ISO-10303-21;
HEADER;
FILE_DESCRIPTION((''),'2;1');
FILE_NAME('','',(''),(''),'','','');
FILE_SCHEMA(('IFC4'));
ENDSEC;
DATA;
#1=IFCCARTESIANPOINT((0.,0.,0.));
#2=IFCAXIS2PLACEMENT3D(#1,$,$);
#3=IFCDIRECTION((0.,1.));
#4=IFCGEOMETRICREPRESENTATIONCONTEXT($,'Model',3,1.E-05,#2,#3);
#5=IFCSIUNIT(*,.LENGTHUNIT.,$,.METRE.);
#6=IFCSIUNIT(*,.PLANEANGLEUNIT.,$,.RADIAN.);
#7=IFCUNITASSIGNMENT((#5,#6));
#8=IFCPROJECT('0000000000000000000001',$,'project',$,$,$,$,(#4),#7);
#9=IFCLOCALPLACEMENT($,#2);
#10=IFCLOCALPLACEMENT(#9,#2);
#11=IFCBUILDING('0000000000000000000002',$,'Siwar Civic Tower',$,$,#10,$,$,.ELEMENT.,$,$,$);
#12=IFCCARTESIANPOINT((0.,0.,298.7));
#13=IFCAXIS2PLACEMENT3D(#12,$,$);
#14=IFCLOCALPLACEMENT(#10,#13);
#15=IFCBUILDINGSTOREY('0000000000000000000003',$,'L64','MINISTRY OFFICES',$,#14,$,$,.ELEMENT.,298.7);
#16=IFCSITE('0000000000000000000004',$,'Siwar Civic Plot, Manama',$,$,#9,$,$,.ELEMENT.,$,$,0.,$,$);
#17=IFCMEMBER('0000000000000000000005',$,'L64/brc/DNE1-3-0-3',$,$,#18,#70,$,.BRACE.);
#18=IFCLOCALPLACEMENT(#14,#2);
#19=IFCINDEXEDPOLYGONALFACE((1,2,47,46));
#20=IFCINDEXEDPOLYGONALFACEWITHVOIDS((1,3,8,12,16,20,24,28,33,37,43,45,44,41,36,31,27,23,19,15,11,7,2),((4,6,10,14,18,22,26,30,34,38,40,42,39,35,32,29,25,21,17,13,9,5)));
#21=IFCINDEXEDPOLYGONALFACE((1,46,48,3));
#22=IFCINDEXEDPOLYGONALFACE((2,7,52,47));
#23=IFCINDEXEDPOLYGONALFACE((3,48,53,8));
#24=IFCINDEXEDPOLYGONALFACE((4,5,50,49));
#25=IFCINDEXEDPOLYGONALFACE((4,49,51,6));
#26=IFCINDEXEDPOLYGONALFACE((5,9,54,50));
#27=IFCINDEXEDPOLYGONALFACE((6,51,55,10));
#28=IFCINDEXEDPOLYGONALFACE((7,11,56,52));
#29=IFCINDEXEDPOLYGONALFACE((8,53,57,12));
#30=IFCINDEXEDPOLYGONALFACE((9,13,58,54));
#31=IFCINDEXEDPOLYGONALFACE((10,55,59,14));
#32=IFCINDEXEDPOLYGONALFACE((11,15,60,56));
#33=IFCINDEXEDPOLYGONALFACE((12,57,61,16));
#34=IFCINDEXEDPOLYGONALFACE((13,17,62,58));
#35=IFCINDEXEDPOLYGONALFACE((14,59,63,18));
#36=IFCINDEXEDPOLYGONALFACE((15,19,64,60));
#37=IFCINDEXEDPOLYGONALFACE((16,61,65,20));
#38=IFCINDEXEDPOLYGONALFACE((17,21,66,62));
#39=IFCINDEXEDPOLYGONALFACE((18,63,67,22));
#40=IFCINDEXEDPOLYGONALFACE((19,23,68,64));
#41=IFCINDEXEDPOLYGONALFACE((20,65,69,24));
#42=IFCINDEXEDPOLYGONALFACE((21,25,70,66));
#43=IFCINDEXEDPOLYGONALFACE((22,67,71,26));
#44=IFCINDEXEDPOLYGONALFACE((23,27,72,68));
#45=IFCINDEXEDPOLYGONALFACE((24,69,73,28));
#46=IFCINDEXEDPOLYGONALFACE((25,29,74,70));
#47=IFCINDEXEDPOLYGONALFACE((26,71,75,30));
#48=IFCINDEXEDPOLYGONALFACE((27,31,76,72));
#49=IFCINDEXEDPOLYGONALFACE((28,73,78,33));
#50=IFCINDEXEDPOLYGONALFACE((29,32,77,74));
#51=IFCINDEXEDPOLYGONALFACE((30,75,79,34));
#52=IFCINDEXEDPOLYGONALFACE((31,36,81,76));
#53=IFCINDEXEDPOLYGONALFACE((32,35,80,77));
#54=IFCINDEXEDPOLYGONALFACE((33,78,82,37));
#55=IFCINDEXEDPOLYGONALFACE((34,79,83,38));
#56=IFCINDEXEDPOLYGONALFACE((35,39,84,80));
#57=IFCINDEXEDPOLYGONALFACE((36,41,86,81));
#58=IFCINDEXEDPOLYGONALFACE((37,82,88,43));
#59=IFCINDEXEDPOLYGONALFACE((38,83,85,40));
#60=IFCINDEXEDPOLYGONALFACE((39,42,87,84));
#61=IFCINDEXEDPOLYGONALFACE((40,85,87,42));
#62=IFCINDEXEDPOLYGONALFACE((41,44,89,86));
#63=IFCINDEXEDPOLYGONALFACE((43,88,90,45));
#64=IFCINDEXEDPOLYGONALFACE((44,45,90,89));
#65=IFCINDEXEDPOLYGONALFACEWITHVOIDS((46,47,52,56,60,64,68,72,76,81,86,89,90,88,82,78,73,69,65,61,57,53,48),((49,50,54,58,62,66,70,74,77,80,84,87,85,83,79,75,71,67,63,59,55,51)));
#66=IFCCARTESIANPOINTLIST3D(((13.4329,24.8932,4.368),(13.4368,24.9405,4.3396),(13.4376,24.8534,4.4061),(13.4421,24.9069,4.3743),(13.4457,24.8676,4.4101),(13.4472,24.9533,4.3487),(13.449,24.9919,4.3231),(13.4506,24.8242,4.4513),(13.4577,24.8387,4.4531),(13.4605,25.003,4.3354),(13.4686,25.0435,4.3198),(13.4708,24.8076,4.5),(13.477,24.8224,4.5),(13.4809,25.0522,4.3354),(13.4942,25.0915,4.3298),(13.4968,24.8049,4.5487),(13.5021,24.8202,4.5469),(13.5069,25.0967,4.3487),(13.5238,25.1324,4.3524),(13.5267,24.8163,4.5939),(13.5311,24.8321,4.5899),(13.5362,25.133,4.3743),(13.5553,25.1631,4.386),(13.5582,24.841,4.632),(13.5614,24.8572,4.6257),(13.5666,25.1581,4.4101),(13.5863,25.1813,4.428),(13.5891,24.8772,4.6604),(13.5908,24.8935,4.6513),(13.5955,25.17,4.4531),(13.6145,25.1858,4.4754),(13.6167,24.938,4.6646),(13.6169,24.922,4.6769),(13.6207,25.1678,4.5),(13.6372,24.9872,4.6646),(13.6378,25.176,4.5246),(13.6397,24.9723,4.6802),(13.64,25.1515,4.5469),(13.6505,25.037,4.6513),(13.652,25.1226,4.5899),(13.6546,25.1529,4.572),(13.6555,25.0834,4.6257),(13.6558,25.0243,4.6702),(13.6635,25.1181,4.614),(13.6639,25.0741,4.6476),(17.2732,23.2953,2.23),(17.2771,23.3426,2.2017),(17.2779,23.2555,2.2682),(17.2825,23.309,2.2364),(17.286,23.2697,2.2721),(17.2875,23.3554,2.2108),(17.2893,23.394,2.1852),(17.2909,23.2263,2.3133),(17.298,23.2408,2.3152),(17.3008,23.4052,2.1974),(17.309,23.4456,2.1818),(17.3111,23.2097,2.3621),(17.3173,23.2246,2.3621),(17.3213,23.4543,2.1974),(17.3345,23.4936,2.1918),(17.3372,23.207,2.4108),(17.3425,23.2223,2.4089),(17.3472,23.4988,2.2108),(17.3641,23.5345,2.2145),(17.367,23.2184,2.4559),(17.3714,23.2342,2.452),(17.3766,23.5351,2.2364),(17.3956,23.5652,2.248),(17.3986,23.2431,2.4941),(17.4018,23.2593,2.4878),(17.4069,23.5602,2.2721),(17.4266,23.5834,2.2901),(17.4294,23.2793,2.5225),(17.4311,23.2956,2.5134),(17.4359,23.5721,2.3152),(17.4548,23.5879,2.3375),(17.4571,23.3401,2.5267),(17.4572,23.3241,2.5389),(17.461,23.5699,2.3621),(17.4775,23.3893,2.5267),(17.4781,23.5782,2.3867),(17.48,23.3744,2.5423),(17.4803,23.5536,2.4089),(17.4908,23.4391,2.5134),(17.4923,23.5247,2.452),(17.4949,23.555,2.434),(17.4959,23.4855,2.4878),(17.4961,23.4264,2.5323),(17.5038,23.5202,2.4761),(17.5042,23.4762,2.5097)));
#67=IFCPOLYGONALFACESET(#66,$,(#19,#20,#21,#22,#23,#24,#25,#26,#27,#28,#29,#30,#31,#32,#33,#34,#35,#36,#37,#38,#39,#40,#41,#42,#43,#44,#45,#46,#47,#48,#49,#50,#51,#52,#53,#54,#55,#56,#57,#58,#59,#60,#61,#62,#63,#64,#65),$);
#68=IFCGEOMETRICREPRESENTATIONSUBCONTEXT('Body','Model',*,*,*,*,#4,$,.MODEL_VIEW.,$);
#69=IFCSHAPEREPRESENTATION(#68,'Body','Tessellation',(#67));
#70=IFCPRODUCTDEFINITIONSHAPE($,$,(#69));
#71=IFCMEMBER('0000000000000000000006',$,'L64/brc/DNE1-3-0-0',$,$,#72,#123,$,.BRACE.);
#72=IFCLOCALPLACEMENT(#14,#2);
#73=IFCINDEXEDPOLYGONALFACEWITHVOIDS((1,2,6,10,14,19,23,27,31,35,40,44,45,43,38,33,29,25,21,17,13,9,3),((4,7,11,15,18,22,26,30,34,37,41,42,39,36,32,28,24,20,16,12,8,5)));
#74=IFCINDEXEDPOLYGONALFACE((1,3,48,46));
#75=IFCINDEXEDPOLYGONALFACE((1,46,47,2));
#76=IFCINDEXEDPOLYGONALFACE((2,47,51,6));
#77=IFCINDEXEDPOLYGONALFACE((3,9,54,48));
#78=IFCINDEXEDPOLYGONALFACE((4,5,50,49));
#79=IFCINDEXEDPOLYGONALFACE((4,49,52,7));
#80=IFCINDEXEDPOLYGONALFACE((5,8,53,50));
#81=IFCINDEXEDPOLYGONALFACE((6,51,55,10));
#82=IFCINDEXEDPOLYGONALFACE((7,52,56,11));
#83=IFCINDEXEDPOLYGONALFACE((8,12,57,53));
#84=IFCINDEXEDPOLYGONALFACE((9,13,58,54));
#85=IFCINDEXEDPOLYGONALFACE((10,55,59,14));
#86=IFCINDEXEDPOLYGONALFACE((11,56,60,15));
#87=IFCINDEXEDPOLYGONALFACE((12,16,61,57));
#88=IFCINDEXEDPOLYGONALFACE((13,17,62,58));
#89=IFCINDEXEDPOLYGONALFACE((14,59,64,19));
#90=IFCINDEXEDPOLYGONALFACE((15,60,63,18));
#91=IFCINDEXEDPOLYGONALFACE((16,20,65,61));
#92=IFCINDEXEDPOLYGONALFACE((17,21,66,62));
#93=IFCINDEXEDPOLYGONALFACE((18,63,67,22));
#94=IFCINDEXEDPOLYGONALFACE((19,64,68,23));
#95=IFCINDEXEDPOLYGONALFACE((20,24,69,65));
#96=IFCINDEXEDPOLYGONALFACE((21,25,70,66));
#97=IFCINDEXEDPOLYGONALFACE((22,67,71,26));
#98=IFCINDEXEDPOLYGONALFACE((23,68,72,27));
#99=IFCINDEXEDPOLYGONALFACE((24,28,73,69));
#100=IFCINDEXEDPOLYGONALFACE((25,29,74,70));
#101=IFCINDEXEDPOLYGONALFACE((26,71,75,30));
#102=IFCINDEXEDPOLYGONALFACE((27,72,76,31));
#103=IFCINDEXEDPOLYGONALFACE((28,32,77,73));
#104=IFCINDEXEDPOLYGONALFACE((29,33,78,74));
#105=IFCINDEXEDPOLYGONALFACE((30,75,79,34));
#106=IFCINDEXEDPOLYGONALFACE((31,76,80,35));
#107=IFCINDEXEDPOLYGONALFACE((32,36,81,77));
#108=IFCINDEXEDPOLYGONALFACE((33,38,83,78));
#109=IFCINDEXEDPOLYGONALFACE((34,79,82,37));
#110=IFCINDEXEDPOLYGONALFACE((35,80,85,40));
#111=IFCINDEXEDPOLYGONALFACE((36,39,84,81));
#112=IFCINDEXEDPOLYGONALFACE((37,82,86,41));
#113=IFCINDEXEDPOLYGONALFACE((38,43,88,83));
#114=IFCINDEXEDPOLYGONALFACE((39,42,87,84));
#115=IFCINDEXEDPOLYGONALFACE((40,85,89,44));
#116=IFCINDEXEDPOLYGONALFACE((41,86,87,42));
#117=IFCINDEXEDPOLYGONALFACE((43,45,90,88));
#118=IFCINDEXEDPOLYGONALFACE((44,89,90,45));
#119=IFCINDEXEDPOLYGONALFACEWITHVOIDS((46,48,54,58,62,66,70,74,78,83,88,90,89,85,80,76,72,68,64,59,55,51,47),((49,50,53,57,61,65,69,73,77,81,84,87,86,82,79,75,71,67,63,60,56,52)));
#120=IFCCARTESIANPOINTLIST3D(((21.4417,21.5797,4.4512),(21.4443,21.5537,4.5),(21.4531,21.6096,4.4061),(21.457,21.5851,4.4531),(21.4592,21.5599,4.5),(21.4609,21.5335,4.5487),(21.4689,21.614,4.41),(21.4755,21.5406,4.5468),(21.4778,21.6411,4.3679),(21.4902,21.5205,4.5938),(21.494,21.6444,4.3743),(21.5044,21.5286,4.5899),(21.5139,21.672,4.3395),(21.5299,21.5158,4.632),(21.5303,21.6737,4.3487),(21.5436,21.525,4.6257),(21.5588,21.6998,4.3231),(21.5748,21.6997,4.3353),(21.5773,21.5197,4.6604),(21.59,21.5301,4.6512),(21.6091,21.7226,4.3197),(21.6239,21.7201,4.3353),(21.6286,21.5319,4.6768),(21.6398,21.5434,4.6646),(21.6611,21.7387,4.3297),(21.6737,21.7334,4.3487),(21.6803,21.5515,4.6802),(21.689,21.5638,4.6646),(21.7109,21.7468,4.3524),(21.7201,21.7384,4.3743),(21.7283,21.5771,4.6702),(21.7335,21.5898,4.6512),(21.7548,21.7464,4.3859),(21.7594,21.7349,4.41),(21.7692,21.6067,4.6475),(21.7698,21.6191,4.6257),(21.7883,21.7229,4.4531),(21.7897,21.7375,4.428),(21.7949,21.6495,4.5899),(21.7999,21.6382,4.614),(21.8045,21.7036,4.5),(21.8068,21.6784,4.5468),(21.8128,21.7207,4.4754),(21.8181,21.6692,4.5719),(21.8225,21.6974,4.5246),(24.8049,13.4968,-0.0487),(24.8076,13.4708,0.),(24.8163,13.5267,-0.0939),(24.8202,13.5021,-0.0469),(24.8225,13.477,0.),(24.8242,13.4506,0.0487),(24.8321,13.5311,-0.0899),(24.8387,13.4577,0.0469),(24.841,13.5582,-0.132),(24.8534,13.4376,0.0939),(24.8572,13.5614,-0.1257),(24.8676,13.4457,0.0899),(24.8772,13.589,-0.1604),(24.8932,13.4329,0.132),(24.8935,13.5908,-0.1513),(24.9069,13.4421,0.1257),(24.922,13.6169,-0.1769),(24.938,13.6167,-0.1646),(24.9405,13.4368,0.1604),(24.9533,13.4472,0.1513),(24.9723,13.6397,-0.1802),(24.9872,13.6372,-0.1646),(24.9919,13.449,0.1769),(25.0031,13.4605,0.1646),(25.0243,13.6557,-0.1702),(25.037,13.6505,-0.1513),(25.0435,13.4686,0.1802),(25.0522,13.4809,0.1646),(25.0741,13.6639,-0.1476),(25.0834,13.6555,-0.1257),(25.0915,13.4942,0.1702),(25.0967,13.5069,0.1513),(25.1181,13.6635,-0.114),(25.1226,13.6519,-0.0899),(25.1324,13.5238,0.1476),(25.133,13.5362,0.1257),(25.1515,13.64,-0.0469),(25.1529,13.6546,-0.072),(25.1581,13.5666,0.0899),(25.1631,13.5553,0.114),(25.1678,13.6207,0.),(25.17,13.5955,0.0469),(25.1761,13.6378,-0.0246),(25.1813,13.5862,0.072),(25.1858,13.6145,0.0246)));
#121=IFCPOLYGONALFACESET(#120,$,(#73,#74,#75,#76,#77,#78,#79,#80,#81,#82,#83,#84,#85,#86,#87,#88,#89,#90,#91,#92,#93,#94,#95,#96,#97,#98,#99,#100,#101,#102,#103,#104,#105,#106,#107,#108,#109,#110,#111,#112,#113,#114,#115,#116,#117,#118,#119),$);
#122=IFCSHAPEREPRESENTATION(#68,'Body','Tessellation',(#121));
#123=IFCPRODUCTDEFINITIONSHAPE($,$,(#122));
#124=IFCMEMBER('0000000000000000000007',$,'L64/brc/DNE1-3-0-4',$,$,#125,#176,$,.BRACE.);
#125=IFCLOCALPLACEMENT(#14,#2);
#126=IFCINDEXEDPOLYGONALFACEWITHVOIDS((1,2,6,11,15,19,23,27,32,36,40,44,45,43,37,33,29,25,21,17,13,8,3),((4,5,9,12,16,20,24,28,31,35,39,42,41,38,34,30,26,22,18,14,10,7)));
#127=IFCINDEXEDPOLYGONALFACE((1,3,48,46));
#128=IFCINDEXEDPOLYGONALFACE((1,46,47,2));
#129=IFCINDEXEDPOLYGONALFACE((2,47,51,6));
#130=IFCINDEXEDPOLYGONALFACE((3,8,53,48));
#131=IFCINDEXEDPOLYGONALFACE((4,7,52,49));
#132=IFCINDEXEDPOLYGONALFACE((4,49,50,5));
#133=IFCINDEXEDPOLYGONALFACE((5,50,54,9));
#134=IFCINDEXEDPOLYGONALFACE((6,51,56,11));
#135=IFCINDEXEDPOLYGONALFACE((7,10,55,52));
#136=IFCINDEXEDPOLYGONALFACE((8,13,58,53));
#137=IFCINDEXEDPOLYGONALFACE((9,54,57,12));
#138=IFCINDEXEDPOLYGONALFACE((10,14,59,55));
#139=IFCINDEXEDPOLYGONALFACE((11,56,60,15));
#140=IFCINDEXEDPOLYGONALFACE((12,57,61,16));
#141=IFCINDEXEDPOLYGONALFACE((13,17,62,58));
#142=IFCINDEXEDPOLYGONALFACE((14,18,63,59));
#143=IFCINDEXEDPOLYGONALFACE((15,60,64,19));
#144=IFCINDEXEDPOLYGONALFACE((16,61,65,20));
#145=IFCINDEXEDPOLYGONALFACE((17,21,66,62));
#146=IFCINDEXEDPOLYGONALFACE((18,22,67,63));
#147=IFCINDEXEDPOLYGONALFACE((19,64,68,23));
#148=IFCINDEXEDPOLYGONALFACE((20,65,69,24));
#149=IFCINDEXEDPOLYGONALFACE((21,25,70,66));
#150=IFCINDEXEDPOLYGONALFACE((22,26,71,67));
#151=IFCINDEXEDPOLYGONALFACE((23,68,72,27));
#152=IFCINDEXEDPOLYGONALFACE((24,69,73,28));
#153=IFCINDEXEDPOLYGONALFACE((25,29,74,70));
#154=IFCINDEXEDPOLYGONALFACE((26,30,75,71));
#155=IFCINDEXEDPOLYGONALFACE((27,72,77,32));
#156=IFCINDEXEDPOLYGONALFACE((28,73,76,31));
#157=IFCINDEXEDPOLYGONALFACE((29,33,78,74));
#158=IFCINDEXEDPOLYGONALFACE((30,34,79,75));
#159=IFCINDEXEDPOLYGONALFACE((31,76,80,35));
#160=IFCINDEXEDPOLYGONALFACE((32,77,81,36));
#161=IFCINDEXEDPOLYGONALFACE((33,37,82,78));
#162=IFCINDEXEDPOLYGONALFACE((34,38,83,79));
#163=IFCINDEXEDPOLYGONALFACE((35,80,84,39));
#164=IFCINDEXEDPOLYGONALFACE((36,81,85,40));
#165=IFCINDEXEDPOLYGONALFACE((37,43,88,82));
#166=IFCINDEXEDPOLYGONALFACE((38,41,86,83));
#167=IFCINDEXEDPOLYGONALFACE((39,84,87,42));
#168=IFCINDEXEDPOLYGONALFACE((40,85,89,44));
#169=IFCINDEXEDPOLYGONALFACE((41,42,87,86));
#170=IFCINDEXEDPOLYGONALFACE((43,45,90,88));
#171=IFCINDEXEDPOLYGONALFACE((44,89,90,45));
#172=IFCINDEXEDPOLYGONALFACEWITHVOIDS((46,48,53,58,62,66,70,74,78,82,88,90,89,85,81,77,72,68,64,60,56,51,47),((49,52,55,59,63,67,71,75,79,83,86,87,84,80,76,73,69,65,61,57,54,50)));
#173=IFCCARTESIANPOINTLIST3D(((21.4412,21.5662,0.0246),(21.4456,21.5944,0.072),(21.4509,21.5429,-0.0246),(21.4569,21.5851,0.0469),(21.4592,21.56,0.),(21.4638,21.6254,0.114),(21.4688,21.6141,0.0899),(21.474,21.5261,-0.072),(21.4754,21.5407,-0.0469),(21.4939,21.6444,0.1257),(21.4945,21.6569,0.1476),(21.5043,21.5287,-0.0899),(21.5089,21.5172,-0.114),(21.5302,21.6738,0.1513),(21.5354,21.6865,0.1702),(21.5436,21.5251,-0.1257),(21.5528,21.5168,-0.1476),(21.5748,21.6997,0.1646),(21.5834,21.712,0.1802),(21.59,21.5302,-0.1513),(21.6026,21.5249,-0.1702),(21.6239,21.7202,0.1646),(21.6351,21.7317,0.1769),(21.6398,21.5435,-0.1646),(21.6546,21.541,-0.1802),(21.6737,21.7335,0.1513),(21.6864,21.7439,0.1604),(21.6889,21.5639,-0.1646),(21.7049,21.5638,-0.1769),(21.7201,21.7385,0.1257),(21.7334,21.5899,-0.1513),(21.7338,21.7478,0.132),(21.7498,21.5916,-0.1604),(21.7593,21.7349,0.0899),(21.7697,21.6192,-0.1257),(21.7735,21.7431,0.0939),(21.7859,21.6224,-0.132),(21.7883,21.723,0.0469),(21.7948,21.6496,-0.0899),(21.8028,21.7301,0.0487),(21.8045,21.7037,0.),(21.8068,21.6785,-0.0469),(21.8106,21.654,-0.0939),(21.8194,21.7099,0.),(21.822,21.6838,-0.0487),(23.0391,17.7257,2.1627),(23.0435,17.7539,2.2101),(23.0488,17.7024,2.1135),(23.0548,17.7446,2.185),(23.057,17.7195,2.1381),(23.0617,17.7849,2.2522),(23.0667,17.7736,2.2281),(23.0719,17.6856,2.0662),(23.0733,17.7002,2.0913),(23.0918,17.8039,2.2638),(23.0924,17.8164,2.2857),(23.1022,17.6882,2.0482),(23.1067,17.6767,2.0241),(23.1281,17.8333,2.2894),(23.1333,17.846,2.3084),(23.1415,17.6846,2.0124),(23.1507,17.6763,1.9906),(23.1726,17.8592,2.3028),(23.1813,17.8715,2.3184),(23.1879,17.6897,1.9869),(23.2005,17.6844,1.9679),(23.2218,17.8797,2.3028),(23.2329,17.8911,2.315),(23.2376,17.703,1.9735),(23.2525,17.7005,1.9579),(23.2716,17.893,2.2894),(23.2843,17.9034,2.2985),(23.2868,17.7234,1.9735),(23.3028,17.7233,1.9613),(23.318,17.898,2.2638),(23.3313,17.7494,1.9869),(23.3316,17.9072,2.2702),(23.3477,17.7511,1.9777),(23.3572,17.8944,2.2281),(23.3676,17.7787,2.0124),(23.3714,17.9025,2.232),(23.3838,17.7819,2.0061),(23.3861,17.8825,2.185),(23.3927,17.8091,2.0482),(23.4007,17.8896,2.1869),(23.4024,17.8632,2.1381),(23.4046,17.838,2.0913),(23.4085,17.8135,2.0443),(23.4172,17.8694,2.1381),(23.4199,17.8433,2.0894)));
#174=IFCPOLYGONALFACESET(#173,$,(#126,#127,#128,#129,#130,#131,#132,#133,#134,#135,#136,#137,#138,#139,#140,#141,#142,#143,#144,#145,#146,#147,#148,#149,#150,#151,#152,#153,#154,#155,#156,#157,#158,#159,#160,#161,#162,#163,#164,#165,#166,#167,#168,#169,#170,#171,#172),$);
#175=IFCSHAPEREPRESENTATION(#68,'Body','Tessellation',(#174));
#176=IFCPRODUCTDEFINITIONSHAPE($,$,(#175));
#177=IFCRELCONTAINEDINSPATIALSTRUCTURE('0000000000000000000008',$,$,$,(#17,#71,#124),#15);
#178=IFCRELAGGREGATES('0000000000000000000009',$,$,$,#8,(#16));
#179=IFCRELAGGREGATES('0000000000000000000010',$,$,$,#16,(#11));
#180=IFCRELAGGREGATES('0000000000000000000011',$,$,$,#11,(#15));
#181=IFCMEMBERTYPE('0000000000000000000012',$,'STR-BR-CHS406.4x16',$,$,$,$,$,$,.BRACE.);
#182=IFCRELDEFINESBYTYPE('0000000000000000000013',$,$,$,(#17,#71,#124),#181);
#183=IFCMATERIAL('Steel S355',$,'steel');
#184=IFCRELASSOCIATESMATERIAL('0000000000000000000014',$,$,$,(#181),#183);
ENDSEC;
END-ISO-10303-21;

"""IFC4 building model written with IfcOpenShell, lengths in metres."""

from ifc_helpers import new_model, si_unit, direction, frame, origin, origin_2d, place, context, subcontext, project, spatial, hollow_circle, extrude, material, material_profile, profile_set, type_object, element, save


model = new_model("IFC4")

# Units and contexts
model_context = context("Model", 3, precision=1e-05, world=origin(), true_north=direction((0.0, 1.0)))
body_context = subcontext(model_context, "Body", "Model", "MODEL_VIEW")
ifc_project = project(units=[si_unit("LENGTHUNIT", "METRE"), si_unit("PLANEANGLEUNIT", "RADIAN")], contexts=[model_context])

# Site, building, storey
site_placement = place(None, origin())
site = spatial("IfcSite", under=ifc_project, at=site_placement, Name="Siwar Civic Plot, Manama", CompositionType="ELEMENT", RefElevation=0.0)
building_placement = place(site_placement, origin())
building = spatial("IfcBuilding", under=site, at=building_placement, Name="Siwar Civic Tower", CompositionType="ELEMENT")
storey_placement = place(building_placement, frame((0.0, 0.0, 298.7)))
storey = spatial("IfcBuildingStorey", under=building, at=storey_placement, Name="L64", Description="MINISTRY OFFICES", CompositionType="ELEMENT", Elevation=298.7)

# Members
ifc_material_1 = material(Name="Steel S355", Category="steel")
ifc_material_profile_1 = material_profile(ifc_material_1, hollow_circle(Radius=0.2031, WallThickness=0.0161, at=origin_2d()), Name="CHS406.4x16")
ifc_profile_set_1 = profile_set([ifc_material_profile_1], Name="Steel S355")
member_type_1 = type_object("IfcMemberType", Name="STR-BR-CHS406.4x16", PredefinedType="BRACE", material=ifc_profile_set_1)
member_1_placement = place(storey_placement, frame((17.3892, 23.3972, 2.3621), z_axis=(-0.82115, 0.341667, 0.45714), x_axis=(-0.384157, -0.923268, 0.0)))
element("IfcMember", 1, at=member_1_placement, inside=storey, type_object=member_type_1, Name="L64/brc/DNE1-3-0-3", PredefinedType="BRACE", context=body_context, shape_type="SweptSolid", body=[
    extrude(hollow_circle(Radius=0.2031, WallThickness=0.0161, at=origin_2d()), origin(), (0.0, 0.0, 1.0), 4.6768),
])
member_2_placement = place(storey_placement, frame((24.9951, 13.5488, 0.0), z_axis=(-0.341671, 0.821143, 0.457149), x_axis=(-0.923265, -0.384164, 0.0)))
element("IfcMember", 2, at=member_2_placement, inside=storey, type_object=member_type_1, Name="L64/brc/DNE1-3-0-0", PredefinedType="BRACE", context=body_context, shape_type="SweptSolid", body=[
    extrude(hollow_circle(Radius=0.2031, WallThickness=0.0161, at=origin_2d()), origin(), (0.0, 0.0, 1.0), 9.8435),
])
member_3_placement = place(storey_placement, frame((21.6318, 21.6318, 0.0), z_axis=(0.341644, -0.821147, 0.457161), x_axis=(0.923276, 0.384136, 0.0)))
element("IfcMember", 3, at=member_3_placement, inside=storey, type_object=member_type_1, Name="L64/brc/DNE1-3-0-4", PredefinedType="BRACE", context=body_context, shape_type="SweptSolid", body=[
    extrude(hollow_circle(Radius=0.2031, WallThickness=0.0161, at=origin_2d()), origin(), (0.0, 0.0, 1.0), 4.677),
])

save(model, "model.ifc")
